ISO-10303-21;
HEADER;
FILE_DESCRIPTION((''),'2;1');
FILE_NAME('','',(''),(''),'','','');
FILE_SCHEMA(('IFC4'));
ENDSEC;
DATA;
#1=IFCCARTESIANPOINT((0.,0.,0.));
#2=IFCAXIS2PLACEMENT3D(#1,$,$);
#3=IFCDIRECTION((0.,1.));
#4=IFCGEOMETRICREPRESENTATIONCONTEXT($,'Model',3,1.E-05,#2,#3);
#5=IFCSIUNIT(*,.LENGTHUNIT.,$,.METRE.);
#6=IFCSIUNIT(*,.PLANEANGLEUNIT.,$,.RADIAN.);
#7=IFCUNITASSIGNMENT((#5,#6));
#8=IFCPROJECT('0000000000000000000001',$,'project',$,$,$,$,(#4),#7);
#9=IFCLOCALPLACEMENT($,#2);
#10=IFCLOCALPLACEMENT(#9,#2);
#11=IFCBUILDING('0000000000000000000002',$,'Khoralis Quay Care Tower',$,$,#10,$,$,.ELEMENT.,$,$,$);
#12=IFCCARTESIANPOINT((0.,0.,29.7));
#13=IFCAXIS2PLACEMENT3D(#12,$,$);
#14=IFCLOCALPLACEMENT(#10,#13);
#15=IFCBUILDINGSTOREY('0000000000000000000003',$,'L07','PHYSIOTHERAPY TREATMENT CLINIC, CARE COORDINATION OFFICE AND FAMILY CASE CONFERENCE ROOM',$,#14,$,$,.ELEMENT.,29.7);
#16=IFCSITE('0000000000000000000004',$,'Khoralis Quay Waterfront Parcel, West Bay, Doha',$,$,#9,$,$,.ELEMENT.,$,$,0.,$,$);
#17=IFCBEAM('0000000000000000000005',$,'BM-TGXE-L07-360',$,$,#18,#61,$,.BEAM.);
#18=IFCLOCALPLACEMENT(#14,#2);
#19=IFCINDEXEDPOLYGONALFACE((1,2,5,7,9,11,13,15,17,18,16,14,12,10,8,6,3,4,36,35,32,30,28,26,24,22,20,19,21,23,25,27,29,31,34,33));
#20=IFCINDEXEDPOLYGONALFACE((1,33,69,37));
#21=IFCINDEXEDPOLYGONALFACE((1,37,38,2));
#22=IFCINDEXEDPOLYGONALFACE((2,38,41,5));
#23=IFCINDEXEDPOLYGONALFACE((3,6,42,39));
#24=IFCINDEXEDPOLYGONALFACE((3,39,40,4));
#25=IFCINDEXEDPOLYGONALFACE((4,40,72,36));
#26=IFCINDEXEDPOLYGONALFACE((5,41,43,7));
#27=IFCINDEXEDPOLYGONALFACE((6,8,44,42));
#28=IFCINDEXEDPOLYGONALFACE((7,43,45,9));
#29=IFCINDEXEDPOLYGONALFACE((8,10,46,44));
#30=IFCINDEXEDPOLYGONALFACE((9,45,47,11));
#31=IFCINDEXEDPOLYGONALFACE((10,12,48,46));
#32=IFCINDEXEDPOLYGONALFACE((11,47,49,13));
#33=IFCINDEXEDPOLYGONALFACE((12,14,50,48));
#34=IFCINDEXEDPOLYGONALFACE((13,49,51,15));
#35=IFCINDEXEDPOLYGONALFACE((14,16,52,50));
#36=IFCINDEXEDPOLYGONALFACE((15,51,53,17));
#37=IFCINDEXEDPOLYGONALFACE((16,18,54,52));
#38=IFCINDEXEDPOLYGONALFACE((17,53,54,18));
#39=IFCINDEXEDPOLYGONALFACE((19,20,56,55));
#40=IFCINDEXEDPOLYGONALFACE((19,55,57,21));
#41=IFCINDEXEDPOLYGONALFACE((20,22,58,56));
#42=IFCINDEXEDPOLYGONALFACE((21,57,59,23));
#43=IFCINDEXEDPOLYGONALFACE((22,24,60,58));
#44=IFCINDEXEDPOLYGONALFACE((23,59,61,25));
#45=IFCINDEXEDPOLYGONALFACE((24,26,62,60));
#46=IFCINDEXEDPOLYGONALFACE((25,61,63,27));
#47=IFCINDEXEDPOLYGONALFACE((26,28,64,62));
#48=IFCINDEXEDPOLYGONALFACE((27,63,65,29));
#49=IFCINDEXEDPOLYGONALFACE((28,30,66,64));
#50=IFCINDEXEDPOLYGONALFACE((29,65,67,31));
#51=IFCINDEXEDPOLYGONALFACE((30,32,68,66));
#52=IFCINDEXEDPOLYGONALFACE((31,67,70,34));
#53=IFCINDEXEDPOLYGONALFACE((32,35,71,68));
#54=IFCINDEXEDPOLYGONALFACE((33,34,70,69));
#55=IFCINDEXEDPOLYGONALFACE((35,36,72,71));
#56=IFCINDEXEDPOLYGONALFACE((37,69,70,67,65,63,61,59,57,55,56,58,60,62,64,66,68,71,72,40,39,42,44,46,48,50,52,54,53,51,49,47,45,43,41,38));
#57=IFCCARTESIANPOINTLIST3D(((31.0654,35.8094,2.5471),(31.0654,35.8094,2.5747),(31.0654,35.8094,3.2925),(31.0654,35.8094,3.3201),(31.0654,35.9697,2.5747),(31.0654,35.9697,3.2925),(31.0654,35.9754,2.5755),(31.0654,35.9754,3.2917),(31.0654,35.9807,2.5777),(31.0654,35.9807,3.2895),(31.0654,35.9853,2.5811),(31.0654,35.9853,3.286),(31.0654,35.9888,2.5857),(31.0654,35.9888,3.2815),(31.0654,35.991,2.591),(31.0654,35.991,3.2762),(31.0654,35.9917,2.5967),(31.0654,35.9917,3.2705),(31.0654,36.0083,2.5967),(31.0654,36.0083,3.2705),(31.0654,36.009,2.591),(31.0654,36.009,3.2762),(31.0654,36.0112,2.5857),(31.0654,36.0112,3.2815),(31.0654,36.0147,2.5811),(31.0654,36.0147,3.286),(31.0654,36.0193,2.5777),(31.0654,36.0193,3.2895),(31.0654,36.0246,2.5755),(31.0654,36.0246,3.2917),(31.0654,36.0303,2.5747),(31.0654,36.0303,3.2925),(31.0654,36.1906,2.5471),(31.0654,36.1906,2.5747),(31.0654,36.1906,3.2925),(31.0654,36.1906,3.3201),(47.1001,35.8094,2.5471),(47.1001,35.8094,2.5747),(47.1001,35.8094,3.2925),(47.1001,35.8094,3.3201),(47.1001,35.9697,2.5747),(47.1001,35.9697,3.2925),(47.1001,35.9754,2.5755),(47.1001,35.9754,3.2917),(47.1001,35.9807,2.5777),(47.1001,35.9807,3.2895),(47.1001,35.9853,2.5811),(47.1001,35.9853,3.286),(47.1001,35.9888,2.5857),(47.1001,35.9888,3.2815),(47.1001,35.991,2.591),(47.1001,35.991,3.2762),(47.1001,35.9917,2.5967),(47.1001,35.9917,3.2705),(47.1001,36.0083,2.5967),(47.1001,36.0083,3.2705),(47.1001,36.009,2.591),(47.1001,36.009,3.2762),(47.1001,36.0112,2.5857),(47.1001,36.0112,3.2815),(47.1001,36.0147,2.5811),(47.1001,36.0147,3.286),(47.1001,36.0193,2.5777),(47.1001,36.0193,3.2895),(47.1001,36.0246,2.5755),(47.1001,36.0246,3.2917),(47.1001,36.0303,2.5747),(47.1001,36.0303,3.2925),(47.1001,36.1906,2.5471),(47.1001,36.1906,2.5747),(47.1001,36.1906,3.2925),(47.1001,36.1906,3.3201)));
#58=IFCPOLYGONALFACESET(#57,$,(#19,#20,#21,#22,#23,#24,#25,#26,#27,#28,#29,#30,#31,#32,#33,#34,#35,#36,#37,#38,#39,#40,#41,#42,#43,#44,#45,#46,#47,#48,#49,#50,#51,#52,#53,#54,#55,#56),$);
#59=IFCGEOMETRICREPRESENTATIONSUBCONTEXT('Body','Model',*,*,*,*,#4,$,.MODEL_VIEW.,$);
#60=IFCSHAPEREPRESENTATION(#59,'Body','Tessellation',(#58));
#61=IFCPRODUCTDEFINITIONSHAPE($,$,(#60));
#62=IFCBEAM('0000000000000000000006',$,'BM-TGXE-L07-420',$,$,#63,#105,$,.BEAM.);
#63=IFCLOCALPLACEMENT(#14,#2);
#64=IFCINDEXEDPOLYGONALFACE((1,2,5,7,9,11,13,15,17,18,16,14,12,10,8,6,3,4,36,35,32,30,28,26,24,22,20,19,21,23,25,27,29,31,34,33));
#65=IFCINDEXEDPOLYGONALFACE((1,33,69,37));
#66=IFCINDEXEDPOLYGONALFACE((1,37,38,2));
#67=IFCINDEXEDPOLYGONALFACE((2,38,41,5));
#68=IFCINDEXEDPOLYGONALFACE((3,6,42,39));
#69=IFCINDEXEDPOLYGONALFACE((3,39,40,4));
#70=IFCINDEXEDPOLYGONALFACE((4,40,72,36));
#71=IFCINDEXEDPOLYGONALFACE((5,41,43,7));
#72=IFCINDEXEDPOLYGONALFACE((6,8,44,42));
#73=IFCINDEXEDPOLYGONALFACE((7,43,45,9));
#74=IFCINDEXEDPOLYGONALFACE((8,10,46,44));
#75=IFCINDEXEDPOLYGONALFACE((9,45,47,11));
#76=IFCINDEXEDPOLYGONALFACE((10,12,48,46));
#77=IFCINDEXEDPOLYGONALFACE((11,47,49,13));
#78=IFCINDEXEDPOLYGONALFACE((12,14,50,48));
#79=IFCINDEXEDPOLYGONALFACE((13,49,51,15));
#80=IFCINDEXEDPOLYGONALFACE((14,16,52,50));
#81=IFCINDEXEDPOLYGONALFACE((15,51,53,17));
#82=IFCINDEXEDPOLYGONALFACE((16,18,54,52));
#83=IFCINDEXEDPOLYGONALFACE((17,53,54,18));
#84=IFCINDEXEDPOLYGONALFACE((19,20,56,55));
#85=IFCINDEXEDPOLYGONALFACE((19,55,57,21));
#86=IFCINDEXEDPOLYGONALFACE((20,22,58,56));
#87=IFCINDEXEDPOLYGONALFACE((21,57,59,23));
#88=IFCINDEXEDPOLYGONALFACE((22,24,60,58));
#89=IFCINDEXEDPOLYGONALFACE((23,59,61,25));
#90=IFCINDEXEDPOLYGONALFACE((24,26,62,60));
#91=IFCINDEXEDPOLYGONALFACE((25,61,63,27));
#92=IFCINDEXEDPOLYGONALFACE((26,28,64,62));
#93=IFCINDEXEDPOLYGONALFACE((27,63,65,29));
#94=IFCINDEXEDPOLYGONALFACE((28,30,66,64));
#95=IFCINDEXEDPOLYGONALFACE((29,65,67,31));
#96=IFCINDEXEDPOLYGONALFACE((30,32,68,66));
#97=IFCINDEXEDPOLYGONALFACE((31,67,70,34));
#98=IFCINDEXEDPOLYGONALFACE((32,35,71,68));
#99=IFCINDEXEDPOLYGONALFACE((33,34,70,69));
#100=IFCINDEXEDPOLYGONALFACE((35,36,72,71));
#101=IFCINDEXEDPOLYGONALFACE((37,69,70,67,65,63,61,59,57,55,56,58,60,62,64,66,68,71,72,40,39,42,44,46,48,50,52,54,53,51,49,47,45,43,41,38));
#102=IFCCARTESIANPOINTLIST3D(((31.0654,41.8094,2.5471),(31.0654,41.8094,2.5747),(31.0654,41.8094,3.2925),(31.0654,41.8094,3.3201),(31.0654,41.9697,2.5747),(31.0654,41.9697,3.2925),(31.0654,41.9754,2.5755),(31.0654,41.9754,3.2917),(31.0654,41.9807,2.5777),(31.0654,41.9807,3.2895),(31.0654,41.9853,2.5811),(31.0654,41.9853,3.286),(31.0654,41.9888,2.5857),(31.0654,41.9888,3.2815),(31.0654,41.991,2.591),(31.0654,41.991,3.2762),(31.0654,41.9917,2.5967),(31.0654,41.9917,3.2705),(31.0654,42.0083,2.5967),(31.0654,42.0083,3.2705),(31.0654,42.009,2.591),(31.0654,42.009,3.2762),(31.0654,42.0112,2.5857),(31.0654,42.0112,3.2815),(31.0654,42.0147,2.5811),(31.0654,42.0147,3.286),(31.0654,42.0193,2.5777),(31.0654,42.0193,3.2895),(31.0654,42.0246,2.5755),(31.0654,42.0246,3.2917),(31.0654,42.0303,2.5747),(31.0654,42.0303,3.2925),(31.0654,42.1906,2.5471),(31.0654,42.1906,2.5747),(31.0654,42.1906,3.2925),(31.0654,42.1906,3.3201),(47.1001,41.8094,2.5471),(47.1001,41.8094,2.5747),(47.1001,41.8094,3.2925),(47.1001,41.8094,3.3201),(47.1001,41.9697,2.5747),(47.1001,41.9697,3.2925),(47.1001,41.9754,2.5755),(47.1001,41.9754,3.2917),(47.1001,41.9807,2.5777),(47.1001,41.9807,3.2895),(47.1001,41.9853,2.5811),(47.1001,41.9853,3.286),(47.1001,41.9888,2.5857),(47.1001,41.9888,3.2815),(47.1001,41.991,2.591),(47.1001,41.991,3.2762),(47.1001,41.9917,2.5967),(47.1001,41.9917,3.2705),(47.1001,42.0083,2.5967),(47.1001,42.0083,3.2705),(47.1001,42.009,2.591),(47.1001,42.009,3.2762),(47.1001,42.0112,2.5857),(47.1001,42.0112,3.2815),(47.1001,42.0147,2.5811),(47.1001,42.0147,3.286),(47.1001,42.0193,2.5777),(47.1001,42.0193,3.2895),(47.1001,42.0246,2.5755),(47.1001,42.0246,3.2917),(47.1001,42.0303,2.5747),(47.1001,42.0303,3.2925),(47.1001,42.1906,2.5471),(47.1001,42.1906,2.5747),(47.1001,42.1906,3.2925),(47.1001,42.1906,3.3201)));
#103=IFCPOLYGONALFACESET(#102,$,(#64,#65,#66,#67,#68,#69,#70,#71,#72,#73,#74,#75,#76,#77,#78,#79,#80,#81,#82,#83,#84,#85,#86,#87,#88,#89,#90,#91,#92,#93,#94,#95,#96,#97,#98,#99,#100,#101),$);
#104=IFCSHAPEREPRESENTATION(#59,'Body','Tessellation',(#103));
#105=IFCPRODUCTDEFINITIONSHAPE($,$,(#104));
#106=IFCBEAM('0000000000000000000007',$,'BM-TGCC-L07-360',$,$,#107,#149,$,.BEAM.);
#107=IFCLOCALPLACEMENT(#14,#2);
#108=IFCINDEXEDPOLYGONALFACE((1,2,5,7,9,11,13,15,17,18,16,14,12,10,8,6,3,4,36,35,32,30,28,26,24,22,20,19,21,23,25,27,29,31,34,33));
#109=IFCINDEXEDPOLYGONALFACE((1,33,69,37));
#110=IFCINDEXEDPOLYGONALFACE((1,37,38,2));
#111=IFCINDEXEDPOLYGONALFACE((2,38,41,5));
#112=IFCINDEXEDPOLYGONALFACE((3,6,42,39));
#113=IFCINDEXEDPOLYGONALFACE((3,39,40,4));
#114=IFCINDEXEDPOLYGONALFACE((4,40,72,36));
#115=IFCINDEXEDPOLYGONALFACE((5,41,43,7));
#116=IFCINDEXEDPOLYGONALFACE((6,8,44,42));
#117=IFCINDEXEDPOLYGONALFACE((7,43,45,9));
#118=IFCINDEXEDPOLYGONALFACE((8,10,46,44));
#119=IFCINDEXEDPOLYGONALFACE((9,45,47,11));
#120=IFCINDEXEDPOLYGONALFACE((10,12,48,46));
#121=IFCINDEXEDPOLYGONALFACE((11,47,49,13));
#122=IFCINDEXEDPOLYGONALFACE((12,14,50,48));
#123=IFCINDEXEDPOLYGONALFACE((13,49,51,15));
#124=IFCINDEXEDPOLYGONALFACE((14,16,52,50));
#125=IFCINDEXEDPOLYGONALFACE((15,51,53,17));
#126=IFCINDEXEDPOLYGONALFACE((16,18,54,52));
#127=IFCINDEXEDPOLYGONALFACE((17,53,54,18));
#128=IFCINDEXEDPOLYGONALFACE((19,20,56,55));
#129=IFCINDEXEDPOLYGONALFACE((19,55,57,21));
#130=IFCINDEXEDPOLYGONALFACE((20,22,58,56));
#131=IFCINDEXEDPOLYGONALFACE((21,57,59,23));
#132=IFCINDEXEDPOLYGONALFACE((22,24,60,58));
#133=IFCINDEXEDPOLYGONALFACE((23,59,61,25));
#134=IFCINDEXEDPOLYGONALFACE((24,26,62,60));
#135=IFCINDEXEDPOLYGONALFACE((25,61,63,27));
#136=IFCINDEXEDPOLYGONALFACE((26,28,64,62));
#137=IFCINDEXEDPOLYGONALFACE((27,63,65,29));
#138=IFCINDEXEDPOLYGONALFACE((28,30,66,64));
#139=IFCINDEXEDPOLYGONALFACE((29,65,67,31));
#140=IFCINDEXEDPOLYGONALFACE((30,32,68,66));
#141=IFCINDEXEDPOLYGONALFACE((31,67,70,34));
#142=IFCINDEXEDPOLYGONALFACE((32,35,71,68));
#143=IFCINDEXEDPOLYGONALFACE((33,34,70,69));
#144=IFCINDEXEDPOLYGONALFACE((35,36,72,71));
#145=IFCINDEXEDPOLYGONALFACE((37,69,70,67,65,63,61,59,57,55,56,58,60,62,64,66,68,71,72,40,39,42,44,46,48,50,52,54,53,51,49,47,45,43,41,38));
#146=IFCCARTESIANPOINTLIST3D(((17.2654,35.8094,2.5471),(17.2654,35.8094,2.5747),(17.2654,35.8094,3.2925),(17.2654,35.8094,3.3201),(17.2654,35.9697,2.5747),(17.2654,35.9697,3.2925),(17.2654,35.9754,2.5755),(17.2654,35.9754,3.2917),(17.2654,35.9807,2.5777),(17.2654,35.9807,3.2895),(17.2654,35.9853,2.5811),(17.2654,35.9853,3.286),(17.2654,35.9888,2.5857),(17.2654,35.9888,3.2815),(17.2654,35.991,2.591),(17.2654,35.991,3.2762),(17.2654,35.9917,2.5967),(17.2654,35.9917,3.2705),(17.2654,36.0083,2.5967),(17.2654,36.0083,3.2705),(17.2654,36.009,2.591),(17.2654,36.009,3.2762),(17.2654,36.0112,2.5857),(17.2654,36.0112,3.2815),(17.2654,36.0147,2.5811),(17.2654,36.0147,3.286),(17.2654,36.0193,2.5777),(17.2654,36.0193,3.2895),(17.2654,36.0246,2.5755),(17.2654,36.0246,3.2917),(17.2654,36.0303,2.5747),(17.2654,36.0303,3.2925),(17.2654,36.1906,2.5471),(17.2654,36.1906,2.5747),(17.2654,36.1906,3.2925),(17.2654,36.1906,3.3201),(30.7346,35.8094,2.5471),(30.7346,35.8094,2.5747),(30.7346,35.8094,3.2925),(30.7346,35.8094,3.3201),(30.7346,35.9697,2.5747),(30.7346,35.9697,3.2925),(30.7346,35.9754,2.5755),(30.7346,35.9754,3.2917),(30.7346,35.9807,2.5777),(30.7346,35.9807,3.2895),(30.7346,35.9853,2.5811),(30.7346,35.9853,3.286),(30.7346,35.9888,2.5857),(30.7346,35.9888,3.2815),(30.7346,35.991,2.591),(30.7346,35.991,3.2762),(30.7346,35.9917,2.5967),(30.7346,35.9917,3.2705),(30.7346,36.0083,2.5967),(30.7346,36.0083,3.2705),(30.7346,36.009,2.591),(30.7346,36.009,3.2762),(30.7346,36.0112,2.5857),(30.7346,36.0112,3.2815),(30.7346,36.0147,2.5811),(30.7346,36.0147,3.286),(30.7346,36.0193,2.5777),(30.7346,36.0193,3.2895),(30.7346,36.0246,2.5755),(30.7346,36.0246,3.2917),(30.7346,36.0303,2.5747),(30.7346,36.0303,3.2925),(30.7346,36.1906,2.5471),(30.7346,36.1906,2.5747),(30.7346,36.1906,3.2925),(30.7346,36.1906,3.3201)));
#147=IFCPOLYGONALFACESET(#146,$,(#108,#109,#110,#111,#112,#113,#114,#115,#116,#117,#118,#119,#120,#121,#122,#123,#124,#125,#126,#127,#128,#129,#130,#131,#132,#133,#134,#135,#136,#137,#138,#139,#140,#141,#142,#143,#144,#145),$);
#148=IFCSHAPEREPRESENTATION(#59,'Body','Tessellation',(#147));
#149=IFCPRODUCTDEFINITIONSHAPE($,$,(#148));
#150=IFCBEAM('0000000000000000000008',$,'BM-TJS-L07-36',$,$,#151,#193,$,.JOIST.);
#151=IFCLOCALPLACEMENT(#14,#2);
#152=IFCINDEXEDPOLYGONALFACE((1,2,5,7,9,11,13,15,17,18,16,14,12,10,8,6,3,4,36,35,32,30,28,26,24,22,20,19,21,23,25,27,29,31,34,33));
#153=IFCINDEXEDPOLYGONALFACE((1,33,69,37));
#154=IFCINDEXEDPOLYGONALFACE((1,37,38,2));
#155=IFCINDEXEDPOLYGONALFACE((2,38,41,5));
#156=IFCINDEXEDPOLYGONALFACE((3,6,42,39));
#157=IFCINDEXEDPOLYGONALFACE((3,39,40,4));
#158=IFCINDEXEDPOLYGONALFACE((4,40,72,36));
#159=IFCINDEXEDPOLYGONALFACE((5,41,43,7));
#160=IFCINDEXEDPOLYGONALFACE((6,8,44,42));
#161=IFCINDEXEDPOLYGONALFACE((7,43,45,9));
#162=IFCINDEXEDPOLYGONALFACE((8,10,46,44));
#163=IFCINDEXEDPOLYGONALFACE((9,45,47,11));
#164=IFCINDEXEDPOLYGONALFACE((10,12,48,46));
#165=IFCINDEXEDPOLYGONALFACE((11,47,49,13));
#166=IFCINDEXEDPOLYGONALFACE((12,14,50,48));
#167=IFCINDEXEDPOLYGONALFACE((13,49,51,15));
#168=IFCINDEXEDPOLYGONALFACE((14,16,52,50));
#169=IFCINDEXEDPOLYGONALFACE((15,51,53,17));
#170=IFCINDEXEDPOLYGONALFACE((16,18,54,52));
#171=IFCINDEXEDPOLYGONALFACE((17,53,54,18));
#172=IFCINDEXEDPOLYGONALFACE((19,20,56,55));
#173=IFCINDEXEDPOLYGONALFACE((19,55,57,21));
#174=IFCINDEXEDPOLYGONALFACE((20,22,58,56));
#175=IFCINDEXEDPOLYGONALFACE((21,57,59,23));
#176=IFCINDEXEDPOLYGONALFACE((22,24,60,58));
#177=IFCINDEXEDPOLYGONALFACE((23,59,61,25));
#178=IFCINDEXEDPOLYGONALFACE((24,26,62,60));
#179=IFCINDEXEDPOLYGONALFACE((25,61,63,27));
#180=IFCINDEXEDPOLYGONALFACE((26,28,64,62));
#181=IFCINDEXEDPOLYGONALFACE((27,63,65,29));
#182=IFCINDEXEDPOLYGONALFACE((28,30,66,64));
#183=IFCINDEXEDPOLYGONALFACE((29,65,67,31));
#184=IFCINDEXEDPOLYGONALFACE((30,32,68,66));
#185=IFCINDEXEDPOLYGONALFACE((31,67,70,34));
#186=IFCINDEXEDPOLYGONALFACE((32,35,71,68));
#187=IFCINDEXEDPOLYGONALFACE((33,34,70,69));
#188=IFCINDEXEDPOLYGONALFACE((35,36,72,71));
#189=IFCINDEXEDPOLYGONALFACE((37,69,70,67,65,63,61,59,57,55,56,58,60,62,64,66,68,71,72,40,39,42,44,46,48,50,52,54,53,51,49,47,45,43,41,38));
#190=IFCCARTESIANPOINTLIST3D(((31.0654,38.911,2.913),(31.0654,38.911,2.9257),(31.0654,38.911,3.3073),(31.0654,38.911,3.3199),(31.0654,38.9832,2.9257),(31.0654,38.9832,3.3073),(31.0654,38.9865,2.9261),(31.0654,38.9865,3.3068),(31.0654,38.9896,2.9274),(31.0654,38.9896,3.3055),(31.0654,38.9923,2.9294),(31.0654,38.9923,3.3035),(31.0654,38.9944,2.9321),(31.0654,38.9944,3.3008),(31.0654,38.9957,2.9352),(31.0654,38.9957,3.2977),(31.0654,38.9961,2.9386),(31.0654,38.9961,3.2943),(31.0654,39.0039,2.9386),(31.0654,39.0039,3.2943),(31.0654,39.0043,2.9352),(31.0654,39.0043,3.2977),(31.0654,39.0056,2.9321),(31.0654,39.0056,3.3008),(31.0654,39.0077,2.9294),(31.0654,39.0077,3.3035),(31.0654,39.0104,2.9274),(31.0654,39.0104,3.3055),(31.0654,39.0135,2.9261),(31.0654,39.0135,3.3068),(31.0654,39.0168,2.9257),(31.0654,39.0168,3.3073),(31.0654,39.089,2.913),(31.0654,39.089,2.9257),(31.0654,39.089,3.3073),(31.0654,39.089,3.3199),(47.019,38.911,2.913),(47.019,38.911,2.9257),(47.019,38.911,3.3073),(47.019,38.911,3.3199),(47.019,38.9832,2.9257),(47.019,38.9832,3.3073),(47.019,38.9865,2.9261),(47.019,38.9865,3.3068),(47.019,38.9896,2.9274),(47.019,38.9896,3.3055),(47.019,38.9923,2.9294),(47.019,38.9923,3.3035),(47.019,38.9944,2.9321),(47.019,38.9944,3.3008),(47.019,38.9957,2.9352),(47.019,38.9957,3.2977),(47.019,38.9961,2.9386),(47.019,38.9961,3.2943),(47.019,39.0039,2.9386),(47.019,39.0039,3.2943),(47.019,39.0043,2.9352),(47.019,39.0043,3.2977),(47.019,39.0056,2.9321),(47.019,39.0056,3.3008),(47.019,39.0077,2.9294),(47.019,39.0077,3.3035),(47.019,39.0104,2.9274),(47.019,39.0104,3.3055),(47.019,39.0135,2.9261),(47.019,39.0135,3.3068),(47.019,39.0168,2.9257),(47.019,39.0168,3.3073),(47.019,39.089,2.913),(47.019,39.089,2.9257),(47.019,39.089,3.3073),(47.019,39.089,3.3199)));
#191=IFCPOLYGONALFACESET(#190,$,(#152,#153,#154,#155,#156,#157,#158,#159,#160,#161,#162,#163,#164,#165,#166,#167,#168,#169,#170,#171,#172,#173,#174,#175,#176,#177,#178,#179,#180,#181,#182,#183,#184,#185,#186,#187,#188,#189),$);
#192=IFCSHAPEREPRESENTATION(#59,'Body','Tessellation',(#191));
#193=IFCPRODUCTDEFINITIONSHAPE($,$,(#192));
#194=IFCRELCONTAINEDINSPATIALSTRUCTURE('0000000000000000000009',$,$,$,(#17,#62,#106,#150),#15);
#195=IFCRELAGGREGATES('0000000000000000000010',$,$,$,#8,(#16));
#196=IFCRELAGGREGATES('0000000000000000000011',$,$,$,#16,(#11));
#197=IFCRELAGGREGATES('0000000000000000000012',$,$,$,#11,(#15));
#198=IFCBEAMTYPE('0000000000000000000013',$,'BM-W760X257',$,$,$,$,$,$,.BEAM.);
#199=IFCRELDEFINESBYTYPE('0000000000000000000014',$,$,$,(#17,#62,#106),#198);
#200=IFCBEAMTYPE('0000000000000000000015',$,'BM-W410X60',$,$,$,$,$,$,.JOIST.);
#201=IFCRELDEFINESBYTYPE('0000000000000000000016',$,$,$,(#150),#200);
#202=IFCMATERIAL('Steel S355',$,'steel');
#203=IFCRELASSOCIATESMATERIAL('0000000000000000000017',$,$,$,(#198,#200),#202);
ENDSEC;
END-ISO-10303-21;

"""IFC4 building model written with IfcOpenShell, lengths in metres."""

from ifc_helpers import new_model, si_unit, direction, frame, origin, origin_2d, place, context, subcontext, project, spatial, i_section, extrude, source, transform, mapped, material, material_profile, profile_set, type_object, element, save


model = new_model("IFC4")

# Units and contexts
model_context = context("Model", 3, precision=1e-05, world=origin(), true_north=direction((0.0, 1.0)))
body_context = subcontext(model_context, "Body", "Model", "MODEL_VIEW")
ifc_project = project(units=[si_unit("LENGTHUNIT", "METRE"), si_unit("PLANEANGLEUNIT", "RADIAN")], contexts=[model_context])

# Site, building, storey
site_placement = place(None, origin())
site = spatial("IfcSite", under=ifc_project, at=site_placement, Name="Khoralis Quay Waterfront Parcel, West Bay, Doha", CompositionType="ELEMENT", RefElevation=0.0)
building_placement = place(site_placement, origin())
building = spatial("IfcBuilding", under=site, at=building_placement, Name="Khoralis Quay Care Tower", CompositionType="ELEMENT")
storey_placement = place(building_placement, frame((0.0, 0.0, 29.7)))
storey = spatial("IfcBuildingStorey", under=building, at=storey_placement, Name="L07", Description="PHYSIOTHERAPY TREATMENT CLINIC, CARE COORDINATION OFFICE AND FAMILY CASE CONFERENCE ROOM", CompositionType="ELEMENT", Elevation=29.7)

# Beams
ifc_material_1 = material(Name="Steel S355", Category="steel")
ifc_material_profile_1 = material_profile(ifc_material_1, i_section(OverallWidth=0.3811, OverallDepth=0.7729, WebThickness=0.0166, FlangeThickness=0.0276, FilletRadius=0.022, at=origin_2d()), Name="Steel S355")
ifc_profile_set_1 = profile_set([ifc_material_profile_1], Name="Steel S355")
beam_type_1 = type_object("IfcBeamType", Name="BM-W760X257", PredefinedType="BEAM", material=ifc_profile_set_1)
shared_shape_1 = source(origin(), body_context, "Body", "SweptSolid", [
    extrude(i_section(OverallWidth=0.3811, OverallDepth=0.7729, WebThickness=0.0166, FlangeThickness=0.0276, FilletRadius=0.022, at=origin_2d()), origin(), (0.0, 0.0, 1.0), 16.0347),
])
for number, where, z_axis, x_axis, name in (
    (1, (31.0654, 36.0, 2.9336), (1.0, 0.0, 0.0), (0.0, 1.0, 0.0), "BM-TGXE-L07-360"),
    (2, (31.0654, 42.0, 2.9336), (1.0, 0.0, 0.0), (0.0, 1.0, 0.0), "BM-TGXE-L07-420"),
):
    element("IfcBeam", number, at=place(storey_placement, frame(where, z_axis=z_axis, x_axis=x_axis)), inside=storey, type_object=beam_type_1, Name=name, PredefinedType="BEAM", context=body_context, shape_type="MappedRepresentation", body=[
        mapped(shared_shape_1, transform((0.0, 0.0, 0.0), scale=1.0)),
    ])
shared_shape_2 = source(origin(), body_context, "Body", "SweptSolid", [
    extrude(i_section(OverallWidth=0.3811, OverallDepth=0.7729, WebThickness=0.0166, FlangeThickness=0.0276, FilletRadius=0.022, at=origin_2d()), origin(), (0.0, 0.0, 1.0), 13.4692),
])
beam_1_placement = place(storey_placement, frame((17.2654, 36.0, 2.9336), z_axis=(1.0, 0.0, 0.0), x_axis=(0.0, 1.0, 0.0)))
element("IfcBeam", 3, at=beam_1_placement, inside=storey, type_object=beam_type_1, Name="BM-TGCC-L07-360", PredefinedType="BEAM", context=body_context, shape_type="MappedRepresentation", body=[
    mapped(shared_shape_2, transform((0.0, 0.0, 0.0), scale=1.0)),
])
ifc_material_profile_2 = material_profile(ifc_material_1, i_section(OverallWidth=0.178, OverallDepth=0.407, WebThickness=0.0078, FlangeThickness=0.0127, FilletRadius=0.0129, at=origin_2d()), Name="Steel S355")
ifc_profile_set_2 = profile_set([ifc_material_profile_2], Name="Steel S355")
beam_type_2 = type_object("IfcBeamType", Name="BM-W410X60", PredefinedType="JOIST", material=ifc_profile_set_2)
shared_shape_3 = source(origin(), body_context, "Body", "SweptSolid", [
    extrude(i_section(OverallWidth=0.178, OverallDepth=0.407, WebThickness=0.0078, FlangeThickness=0.0127, FilletRadius=0.0129, at=origin_2d()), origin(), (0.0, 0.0, 1.0), 15.9536),
])
beam_2_placement = place(storey_placement, frame((31.0654, 39.0, 3.1165), z_axis=(1.0, 0.0, 0.0), x_axis=(0.0, 1.0, 0.0)))
element("IfcBeam", 4, at=beam_2_placement, inside=storey, type_object=beam_type_2, Name="BM-TJS-L07-36", PredefinedType="JOIST", context=body_context, shape_type="MappedRepresentation", body=[
    mapped(shared_shape_3, transform((0.0, 0.0, 0.0), scale=1.0)),
])

save(model, "model.ifc")
